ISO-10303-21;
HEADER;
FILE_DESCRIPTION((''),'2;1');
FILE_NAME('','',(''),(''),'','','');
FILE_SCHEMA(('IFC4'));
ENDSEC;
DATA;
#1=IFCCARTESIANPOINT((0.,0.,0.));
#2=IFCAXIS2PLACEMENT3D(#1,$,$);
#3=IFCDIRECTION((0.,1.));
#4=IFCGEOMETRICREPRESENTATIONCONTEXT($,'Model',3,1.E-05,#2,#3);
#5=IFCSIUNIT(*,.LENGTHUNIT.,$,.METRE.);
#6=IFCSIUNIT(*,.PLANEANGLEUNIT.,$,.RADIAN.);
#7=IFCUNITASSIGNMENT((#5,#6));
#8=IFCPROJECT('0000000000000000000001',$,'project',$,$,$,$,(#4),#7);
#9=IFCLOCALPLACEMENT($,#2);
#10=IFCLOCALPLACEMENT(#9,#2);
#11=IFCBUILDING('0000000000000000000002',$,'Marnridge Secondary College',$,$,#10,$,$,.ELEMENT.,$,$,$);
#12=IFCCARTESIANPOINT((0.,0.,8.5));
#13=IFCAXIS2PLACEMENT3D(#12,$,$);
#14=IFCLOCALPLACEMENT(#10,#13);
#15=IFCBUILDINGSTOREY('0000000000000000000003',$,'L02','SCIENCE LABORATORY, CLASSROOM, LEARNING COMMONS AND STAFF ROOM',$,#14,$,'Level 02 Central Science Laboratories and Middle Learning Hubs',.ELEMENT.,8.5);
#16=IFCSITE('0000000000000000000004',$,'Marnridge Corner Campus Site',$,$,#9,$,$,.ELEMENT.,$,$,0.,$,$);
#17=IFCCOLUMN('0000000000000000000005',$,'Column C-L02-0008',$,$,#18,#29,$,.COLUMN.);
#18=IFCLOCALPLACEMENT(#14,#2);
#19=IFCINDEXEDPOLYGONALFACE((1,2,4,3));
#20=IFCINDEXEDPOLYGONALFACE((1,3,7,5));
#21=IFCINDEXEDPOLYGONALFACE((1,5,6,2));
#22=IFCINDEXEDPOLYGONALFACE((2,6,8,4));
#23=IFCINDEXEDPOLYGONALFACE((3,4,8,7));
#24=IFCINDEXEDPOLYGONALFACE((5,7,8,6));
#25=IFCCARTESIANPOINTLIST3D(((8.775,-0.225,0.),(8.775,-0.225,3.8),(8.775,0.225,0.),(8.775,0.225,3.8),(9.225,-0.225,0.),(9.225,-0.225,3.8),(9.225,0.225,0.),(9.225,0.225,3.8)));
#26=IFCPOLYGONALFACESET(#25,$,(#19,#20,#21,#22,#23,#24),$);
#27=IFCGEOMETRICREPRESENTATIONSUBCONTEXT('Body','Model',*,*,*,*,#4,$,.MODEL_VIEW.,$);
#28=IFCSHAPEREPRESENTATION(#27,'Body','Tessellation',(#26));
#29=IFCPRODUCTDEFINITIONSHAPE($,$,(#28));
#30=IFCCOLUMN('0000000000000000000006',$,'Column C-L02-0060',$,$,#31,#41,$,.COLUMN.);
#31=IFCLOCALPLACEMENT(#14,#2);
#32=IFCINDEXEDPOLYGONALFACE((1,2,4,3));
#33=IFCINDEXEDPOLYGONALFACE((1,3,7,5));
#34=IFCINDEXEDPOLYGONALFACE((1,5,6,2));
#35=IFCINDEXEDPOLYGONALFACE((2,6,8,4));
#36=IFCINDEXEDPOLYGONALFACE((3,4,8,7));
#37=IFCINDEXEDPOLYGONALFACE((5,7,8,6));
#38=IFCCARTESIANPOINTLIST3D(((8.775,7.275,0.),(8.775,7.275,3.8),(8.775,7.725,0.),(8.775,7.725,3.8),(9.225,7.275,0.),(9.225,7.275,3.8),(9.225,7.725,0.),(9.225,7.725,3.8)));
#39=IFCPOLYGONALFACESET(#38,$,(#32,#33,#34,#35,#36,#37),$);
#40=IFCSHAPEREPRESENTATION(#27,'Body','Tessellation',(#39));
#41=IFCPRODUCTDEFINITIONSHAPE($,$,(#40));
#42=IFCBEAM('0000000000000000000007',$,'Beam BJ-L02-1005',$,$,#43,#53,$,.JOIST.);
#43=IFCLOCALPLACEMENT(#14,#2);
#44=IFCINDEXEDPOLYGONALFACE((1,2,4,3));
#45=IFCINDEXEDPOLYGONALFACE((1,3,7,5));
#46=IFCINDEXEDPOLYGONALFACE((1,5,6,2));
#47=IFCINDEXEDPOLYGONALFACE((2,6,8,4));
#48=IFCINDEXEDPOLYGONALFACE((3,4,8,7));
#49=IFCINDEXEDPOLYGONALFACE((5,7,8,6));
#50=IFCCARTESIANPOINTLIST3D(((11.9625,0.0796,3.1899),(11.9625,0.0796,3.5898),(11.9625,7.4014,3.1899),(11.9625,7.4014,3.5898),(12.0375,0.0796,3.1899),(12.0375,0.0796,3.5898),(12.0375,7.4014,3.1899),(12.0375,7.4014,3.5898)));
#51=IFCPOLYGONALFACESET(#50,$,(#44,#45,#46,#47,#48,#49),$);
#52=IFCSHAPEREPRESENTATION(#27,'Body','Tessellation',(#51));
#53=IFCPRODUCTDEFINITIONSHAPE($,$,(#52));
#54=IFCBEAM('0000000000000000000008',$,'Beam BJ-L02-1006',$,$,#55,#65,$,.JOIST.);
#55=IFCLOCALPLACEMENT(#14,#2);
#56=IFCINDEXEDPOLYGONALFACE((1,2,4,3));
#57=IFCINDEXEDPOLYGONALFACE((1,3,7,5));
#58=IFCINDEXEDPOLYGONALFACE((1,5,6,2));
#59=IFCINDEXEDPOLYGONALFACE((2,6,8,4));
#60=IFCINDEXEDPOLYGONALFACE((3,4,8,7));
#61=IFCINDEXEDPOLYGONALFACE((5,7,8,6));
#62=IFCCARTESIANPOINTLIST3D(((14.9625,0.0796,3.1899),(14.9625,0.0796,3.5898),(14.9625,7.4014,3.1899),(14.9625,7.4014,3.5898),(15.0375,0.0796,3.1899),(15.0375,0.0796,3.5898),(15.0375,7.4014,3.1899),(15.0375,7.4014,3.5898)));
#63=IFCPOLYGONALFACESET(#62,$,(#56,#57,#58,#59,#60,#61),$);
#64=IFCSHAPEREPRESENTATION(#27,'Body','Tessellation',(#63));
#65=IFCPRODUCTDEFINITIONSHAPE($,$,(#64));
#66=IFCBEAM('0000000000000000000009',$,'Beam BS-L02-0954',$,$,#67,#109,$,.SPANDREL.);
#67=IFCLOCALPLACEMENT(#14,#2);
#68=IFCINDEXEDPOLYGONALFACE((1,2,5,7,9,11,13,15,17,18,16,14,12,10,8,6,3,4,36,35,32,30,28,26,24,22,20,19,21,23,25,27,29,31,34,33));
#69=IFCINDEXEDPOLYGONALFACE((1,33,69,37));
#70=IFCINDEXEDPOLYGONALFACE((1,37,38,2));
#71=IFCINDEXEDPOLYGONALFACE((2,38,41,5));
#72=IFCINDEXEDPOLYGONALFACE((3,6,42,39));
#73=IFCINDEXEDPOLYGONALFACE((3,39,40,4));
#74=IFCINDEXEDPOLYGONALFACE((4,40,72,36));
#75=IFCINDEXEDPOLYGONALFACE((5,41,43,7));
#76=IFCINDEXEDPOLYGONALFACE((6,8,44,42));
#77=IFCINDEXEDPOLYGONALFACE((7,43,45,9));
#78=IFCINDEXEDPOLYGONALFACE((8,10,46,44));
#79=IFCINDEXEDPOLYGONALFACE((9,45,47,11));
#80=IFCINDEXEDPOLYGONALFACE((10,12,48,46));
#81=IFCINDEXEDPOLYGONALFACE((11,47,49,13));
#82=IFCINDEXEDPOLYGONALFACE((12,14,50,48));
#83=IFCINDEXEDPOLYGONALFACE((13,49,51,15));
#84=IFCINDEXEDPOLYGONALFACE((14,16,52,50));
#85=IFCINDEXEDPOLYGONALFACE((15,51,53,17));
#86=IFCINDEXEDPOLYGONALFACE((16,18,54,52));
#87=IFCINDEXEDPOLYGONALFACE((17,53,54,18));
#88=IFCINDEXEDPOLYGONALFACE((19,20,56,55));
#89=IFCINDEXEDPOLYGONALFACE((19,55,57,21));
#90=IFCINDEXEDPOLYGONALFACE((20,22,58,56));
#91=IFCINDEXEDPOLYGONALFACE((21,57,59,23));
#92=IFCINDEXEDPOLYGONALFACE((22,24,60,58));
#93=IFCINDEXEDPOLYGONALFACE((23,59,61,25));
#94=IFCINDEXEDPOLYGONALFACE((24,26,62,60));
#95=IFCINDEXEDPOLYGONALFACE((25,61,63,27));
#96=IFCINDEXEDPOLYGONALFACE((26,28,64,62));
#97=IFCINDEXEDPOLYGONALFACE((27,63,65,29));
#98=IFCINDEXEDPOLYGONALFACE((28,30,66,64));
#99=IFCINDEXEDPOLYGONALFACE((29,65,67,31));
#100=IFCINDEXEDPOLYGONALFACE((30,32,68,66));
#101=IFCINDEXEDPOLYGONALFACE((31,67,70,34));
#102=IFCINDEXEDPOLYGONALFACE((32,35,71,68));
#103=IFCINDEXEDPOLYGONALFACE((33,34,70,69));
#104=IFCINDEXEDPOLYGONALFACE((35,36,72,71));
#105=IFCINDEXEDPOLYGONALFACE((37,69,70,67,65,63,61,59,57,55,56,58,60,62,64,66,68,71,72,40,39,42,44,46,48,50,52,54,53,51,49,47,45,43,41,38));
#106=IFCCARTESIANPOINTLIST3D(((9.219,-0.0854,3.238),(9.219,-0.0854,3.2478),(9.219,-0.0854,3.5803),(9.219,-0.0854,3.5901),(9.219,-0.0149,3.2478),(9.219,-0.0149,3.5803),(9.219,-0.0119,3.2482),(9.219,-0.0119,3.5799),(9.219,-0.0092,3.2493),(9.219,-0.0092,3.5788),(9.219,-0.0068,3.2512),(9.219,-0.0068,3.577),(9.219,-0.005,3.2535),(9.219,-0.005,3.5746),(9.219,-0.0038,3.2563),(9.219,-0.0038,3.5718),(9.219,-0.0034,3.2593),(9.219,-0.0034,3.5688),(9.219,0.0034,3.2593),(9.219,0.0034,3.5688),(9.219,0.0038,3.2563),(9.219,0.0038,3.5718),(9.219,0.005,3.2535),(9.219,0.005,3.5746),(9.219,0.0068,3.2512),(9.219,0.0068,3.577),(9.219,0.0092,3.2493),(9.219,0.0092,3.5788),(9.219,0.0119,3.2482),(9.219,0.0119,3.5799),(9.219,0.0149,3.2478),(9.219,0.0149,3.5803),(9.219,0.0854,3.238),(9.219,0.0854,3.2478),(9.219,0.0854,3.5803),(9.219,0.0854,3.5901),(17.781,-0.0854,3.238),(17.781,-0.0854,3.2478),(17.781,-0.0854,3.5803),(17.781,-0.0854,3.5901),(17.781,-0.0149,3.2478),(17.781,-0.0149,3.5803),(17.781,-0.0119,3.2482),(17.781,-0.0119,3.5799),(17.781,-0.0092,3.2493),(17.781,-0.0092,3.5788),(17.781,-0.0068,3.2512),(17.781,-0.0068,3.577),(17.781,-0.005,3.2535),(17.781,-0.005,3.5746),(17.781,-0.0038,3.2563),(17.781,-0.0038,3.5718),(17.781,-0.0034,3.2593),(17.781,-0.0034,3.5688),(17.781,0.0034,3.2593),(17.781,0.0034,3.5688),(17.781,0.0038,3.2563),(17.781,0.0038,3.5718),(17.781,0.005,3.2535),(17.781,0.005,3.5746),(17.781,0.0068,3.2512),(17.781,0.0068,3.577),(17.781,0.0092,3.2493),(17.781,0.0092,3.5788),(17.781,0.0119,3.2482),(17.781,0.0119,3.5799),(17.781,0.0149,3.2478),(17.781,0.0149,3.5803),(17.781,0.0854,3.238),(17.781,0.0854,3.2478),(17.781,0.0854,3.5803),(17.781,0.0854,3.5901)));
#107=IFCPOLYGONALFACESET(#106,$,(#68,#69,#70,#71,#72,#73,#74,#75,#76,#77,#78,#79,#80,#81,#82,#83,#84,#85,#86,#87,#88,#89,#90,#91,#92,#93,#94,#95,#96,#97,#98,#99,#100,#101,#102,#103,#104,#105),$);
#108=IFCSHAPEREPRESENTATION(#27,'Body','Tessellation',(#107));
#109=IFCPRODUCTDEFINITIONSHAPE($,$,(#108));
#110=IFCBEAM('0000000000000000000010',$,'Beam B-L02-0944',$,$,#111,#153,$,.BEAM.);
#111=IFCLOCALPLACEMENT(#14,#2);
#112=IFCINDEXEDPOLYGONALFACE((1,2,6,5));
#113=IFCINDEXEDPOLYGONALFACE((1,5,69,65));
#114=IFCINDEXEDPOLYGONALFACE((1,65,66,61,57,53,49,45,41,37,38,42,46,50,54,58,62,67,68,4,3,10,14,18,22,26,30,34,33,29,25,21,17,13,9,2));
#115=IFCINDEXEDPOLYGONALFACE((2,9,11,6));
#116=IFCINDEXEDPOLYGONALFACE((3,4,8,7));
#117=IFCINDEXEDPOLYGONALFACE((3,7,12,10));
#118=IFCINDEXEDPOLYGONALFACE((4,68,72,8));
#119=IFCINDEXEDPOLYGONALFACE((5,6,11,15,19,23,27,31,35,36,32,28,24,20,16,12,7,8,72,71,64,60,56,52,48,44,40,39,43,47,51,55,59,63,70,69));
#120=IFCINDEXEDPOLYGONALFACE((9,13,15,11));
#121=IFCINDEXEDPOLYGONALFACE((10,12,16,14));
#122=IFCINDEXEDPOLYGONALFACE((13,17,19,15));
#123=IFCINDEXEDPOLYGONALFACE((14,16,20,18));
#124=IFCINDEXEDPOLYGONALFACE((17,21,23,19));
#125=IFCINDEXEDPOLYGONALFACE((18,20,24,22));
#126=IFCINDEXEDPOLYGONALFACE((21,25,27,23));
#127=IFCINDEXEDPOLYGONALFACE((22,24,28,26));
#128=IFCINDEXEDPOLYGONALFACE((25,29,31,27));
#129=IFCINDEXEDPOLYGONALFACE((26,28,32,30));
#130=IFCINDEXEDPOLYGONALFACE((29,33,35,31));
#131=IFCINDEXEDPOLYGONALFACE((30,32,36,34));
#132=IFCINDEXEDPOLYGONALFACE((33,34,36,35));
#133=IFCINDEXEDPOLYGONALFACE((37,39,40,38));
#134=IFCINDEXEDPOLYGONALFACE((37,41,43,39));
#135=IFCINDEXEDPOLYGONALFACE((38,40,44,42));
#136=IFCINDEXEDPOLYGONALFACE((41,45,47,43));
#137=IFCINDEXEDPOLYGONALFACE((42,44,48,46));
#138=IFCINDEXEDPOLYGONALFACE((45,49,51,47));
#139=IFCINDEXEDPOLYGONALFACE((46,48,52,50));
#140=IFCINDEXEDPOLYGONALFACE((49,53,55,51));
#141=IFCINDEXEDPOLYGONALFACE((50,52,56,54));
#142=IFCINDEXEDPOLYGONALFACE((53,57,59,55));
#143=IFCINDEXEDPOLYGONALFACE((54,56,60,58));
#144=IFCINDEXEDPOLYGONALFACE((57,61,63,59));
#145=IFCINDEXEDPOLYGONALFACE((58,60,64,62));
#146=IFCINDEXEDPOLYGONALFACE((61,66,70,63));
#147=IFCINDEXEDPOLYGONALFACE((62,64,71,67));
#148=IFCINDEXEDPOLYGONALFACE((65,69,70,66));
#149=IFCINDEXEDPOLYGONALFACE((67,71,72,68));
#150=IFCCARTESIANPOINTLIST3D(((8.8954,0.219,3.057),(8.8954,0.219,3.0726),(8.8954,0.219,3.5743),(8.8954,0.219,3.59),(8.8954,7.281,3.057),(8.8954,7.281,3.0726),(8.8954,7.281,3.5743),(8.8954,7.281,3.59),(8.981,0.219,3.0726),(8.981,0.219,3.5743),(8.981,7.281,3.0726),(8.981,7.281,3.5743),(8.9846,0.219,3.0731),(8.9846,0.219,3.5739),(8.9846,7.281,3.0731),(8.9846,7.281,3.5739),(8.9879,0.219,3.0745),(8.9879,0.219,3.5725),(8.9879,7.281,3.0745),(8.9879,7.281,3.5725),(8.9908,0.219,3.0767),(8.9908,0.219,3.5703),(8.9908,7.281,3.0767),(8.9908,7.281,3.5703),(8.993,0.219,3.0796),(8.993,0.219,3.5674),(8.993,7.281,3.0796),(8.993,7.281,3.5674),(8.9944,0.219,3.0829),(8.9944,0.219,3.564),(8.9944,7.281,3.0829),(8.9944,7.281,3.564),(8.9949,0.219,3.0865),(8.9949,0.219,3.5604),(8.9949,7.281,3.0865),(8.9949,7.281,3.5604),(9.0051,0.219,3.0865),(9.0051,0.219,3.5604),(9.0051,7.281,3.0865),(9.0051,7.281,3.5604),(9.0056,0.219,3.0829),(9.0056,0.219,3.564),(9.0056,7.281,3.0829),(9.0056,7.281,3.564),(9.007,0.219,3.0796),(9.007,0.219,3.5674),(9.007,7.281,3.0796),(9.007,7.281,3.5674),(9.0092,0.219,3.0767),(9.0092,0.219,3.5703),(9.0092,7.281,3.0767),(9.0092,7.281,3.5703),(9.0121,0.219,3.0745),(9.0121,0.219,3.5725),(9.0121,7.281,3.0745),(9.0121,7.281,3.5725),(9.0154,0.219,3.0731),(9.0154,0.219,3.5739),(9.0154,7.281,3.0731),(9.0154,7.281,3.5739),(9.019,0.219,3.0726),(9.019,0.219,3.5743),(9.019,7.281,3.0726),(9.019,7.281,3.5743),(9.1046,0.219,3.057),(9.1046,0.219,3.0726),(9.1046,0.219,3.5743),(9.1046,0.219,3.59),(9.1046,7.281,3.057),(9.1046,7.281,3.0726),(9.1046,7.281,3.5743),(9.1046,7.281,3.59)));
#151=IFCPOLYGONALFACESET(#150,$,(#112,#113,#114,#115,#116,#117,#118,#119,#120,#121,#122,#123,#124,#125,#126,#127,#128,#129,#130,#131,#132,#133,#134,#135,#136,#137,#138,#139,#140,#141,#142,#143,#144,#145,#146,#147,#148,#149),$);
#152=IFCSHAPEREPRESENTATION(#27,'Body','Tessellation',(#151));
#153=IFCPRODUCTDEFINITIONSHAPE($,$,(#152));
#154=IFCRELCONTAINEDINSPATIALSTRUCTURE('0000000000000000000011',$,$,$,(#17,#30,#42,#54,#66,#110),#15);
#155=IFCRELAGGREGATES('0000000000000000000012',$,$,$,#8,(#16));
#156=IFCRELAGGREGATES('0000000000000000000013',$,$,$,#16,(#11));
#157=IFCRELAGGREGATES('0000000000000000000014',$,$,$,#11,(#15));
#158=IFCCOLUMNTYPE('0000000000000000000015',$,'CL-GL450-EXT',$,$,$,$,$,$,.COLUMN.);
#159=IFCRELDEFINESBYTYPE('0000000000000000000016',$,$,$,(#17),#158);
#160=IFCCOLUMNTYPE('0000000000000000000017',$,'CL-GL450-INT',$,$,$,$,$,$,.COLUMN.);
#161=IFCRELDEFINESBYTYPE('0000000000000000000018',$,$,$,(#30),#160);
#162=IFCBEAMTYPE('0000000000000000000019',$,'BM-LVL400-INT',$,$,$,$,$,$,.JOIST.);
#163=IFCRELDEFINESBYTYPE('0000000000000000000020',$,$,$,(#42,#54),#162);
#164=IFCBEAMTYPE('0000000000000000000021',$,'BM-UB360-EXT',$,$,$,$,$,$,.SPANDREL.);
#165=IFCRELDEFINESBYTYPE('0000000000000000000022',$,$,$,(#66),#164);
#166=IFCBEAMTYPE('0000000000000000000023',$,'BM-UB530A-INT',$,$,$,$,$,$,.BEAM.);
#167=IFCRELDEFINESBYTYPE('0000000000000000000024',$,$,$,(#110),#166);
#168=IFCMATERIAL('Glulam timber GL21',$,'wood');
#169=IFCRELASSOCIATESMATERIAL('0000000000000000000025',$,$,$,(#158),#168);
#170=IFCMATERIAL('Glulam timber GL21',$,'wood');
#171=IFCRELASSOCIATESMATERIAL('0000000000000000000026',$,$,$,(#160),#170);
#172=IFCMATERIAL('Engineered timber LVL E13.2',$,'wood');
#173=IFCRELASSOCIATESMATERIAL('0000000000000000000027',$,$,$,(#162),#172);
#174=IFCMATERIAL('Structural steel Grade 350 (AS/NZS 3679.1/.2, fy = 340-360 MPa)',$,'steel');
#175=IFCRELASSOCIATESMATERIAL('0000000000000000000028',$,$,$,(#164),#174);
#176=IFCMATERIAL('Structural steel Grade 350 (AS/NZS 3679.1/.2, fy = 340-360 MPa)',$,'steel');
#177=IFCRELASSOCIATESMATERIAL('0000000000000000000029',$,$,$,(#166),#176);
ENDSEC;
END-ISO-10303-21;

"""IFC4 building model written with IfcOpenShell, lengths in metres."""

from ifc_helpers import new_model, si_unit, direction, frame, origin, origin_2d, place, context, subcontext, project, spatial, rectangle, i_section, extrude, material, material_profile, profile_set, type_object, element, save


model = new_model("IFC4")

# Units and contexts
model_context = context("Model", 3, precision=1e-05, world=origin(), true_north=direction((0.0, 1.0)))
body_context = subcontext(model_context, "Body", "Model", "MODEL_VIEW")
ifc_project = project(units=[si_unit("LENGTHUNIT", "METRE"), si_unit("PLANEANGLEUNIT", "RADIAN")], contexts=[model_context])

# Site, building, storey
site_placement = place(None, origin())
site = spatial("IfcSite", under=ifc_project, at=site_placement, Name="Marnridge Corner Campus Site", CompositionType="ELEMENT", RefElevation=0.0)
building_placement = place(site_placement, origin())
building = spatial("IfcBuilding", under=site, at=building_placement, Name="Marnridge Secondary College", CompositionType="ELEMENT")
storey_placement = place(building_placement, frame((0.0, 0.0, 8.5)))
storey = spatial("IfcBuildingStorey", under=building, at=storey_placement, Name="L02", Description="SCIENCE LABORATORY, CLASSROOM, LEARNING COMMONS AND STAFF ROOM", LongName="Level 02 Central Science Laboratories and Middle Learning Hubs", CompositionType="ELEMENT", Elevation=8.5)

# Columns
ifc_material_1 = material(Name="Glulam timber GL21", Category="wood")
ifc_material_profile_1 = material_profile(ifc_material_1, rectangle(XDim=0.45, YDim=0.45, at=origin_2d()), Name="GL21 450x450")
ifc_profile_set_1 = profile_set([ifc_material_profile_1], Name="Glulam timber GL21")
column_type_1 = type_object("IfcColumnType", Name="CL-GL450-EXT", PredefinedType="COLUMN", material=ifc_profile_set_1)
column_1_placement = place(storey_placement, frame((9.0, 0.0, 0.0), z_axis=(0.0, 0.0, 1.0), x_axis=(1.0, 0.0, 0.0)))
element("IfcColumn", 1, at=column_1_placement, inside=storey, type_object=column_type_1, Name="Column C-L02-0008", PredefinedType="COLUMN", context=body_context, shape_type="SweptSolid", body=[
    extrude(rectangle(XDim=0.45, YDim=0.45, at=origin_2d()), origin(), (0.0, 0.0, 1.0), 3.8),
])
ifc_material_2 = material(Name="Glulam timber GL21", Category="wood")
ifc_material_profile_2 = material_profile(ifc_material_2, rectangle(XDim=0.45, YDim=0.45, at=origin_2d()), Name="GL21 450x450")
ifc_profile_set_2 = profile_set([ifc_material_profile_2], Name="Glulam timber GL21")
column_type_2 = type_object("IfcColumnType", Name="CL-GL450-INT", PredefinedType="COLUMN", material=ifc_profile_set_2)
column_2_placement = place(storey_placement, frame((9.0, 7.5, 0.0), z_axis=(0.0, 0.0, 1.0), x_axis=(1.0, 0.0, 0.0)))
element("IfcColumn", 2, at=column_2_placement, inside=storey, type_object=column_type_2, Name="Column C-L02-0060", PredefinedType="COLUMN", context=body_context, shape_type="SweptSolid", body=[
    extrude(rectangle(XDim=0.45, YDim=0.45, at=origin_2d()), origin(), (0.0, 0.0, 1.0), 3.8),
])

# Beams
ifc_material_3 = material(Name="Engineered timber LVL E13.2", Category="wood")
ifc_material_profile_3 = material_profile(ifc_material_3, rectangle(XDim=0.075, YDim=0.3999, at=origin_2d()), Name="LVL 75x400")
ifc_profile_set_3 = profile_set([ifc_material_profile_3], Name="Engineered timber LVL E13.2")
beam_type_1 = type_object("IfcBeamType", Name="BM-LVL400-INT", PredefinedType="JOIST", material=ifc_profile_set_3)
for number, where, z_axis, x_axis, name in (
    (3, (12.0, 0.0796, 3.3899), (0.0, 1.0, 0.0), (-1.0, 0.0, 0.0), "Beam BJ-L02-1005"),
    (4, (15.0, 0.0796, 3.3899), (0.0, 1.0, 0.0), (-1.0, 0.0, 0.0), "Beam BJ-L02-1006"),
):
    element("IfcBeam", number, at=place(storey_placement, frame(where, z_axis=z_axis, x_axis=x_axis)), inside=storey, type_object=beam_type_1, Name=name, PredefinedType="JOIST", context=body_context, shape_type="SweptSolid", body=[
        extrude(rectangle(XDim=0.075, YDim=0.3999, at=origin_2d()), origin(), (0.0, 0.0, 1.0), 7.3218),
    ])
ifc_material_4 = material(Name="Structural steel Grade 350 (AS/NZS 3679.1/.2, fy = 340-360 MPa)", Category="steel")
ifc_material_profile_4 = material_profile(ifc_material_4, i_section(OverallWidth=0.1709, OverallDepth=0.3521, WebThickness=0.0068, FlangeThickness=0.0098, FilletRadius=0.0115, at=origin_2d()), Name="360UB44.7")
ifc_profile_set_4 = profile_set([ifc_material_profile_4], Name="Structural steel Grade 350 (AS/NZS 3679.1/.2, fy = 340-360 MPa)")
beam_type_2 = type_object("IfcBeamType", Name="BM-UB360-EXT", PredefinedType="SPANDREL", material=ifc_profile_set_4)
beam_1_placement = place(storey_placement, frame((9.219, 0.0, 3.4141), z_axis=(1.0, 0.0, 0.0), x_axis=(0.0, 1.0, 0.0)))
element("IfcBeam", 5, at=beam_1_placement, inside=storey, type_object=beam_type_2, Name="Beam BS-L02-0954", PredefinedType="SPANDREL", context=body_context, shape_type="SweptSolid", body=[
    extrude(i_section(OverallWidth=0.1709, OverallDepth=0.3521, WebThickness=0.0068, FlangeThickness=0.0098, FilletRadius=0.0115, at=origin_2d()), origin(), (0.0, 0.0, 1.0), 8.562),
])
ifc_material_5 = material(Name="Structural steel Grade 350 (AS/NZS 3679.1/.2, fy = 340-360 MPa)", Category="steel")
ifc_material_profile_5 = material_profile(ifc_material_5, i_section(OverallWidth=0.2092, OverallDepth=0.533, WebThickness=0.0103, FlangeThickness=0.0156, FilletRadius=0.0139, at=origin_2d()), Name="530UB92.4")
ifc_profile_set_5 = profile_set([ifc_material_profile_5], Name="Structural steel Grade 350 (AS/NZS 3679.1/.2, fy = 340-360 MPa)")
beam_type_3 = type_object("IfcBeamType", Name="BM-UB530A-INT", PredefinedType="BEAM", material=ifc_profile_set_5)
beam_2_placement = place(storey_placement, frame((9.0, 0.219, 3.3235), z_axis=(0.0, 1.0, 0.0), x_axis=(-1.0, 0.0, 0.0)))
element("IfcBeam", 6, at=beam_2_placement, inside=storey, type_object=beam_type_3, Name="Beam B-L02-0944", PredefinedType="BEAM", context=body_context, shape_type="SweptSolid", body=[
    extrude(i_section(OverallWidth=0.2092, OverallDepth=0.533, WebThickness=0.0103, FlangeThickness=0.0156, FilletRadius=0.0139, at=origin_2d()), origin(), (0.0, 0.0, 1.0), 7.062),
])

save(model, "model.ifc")
